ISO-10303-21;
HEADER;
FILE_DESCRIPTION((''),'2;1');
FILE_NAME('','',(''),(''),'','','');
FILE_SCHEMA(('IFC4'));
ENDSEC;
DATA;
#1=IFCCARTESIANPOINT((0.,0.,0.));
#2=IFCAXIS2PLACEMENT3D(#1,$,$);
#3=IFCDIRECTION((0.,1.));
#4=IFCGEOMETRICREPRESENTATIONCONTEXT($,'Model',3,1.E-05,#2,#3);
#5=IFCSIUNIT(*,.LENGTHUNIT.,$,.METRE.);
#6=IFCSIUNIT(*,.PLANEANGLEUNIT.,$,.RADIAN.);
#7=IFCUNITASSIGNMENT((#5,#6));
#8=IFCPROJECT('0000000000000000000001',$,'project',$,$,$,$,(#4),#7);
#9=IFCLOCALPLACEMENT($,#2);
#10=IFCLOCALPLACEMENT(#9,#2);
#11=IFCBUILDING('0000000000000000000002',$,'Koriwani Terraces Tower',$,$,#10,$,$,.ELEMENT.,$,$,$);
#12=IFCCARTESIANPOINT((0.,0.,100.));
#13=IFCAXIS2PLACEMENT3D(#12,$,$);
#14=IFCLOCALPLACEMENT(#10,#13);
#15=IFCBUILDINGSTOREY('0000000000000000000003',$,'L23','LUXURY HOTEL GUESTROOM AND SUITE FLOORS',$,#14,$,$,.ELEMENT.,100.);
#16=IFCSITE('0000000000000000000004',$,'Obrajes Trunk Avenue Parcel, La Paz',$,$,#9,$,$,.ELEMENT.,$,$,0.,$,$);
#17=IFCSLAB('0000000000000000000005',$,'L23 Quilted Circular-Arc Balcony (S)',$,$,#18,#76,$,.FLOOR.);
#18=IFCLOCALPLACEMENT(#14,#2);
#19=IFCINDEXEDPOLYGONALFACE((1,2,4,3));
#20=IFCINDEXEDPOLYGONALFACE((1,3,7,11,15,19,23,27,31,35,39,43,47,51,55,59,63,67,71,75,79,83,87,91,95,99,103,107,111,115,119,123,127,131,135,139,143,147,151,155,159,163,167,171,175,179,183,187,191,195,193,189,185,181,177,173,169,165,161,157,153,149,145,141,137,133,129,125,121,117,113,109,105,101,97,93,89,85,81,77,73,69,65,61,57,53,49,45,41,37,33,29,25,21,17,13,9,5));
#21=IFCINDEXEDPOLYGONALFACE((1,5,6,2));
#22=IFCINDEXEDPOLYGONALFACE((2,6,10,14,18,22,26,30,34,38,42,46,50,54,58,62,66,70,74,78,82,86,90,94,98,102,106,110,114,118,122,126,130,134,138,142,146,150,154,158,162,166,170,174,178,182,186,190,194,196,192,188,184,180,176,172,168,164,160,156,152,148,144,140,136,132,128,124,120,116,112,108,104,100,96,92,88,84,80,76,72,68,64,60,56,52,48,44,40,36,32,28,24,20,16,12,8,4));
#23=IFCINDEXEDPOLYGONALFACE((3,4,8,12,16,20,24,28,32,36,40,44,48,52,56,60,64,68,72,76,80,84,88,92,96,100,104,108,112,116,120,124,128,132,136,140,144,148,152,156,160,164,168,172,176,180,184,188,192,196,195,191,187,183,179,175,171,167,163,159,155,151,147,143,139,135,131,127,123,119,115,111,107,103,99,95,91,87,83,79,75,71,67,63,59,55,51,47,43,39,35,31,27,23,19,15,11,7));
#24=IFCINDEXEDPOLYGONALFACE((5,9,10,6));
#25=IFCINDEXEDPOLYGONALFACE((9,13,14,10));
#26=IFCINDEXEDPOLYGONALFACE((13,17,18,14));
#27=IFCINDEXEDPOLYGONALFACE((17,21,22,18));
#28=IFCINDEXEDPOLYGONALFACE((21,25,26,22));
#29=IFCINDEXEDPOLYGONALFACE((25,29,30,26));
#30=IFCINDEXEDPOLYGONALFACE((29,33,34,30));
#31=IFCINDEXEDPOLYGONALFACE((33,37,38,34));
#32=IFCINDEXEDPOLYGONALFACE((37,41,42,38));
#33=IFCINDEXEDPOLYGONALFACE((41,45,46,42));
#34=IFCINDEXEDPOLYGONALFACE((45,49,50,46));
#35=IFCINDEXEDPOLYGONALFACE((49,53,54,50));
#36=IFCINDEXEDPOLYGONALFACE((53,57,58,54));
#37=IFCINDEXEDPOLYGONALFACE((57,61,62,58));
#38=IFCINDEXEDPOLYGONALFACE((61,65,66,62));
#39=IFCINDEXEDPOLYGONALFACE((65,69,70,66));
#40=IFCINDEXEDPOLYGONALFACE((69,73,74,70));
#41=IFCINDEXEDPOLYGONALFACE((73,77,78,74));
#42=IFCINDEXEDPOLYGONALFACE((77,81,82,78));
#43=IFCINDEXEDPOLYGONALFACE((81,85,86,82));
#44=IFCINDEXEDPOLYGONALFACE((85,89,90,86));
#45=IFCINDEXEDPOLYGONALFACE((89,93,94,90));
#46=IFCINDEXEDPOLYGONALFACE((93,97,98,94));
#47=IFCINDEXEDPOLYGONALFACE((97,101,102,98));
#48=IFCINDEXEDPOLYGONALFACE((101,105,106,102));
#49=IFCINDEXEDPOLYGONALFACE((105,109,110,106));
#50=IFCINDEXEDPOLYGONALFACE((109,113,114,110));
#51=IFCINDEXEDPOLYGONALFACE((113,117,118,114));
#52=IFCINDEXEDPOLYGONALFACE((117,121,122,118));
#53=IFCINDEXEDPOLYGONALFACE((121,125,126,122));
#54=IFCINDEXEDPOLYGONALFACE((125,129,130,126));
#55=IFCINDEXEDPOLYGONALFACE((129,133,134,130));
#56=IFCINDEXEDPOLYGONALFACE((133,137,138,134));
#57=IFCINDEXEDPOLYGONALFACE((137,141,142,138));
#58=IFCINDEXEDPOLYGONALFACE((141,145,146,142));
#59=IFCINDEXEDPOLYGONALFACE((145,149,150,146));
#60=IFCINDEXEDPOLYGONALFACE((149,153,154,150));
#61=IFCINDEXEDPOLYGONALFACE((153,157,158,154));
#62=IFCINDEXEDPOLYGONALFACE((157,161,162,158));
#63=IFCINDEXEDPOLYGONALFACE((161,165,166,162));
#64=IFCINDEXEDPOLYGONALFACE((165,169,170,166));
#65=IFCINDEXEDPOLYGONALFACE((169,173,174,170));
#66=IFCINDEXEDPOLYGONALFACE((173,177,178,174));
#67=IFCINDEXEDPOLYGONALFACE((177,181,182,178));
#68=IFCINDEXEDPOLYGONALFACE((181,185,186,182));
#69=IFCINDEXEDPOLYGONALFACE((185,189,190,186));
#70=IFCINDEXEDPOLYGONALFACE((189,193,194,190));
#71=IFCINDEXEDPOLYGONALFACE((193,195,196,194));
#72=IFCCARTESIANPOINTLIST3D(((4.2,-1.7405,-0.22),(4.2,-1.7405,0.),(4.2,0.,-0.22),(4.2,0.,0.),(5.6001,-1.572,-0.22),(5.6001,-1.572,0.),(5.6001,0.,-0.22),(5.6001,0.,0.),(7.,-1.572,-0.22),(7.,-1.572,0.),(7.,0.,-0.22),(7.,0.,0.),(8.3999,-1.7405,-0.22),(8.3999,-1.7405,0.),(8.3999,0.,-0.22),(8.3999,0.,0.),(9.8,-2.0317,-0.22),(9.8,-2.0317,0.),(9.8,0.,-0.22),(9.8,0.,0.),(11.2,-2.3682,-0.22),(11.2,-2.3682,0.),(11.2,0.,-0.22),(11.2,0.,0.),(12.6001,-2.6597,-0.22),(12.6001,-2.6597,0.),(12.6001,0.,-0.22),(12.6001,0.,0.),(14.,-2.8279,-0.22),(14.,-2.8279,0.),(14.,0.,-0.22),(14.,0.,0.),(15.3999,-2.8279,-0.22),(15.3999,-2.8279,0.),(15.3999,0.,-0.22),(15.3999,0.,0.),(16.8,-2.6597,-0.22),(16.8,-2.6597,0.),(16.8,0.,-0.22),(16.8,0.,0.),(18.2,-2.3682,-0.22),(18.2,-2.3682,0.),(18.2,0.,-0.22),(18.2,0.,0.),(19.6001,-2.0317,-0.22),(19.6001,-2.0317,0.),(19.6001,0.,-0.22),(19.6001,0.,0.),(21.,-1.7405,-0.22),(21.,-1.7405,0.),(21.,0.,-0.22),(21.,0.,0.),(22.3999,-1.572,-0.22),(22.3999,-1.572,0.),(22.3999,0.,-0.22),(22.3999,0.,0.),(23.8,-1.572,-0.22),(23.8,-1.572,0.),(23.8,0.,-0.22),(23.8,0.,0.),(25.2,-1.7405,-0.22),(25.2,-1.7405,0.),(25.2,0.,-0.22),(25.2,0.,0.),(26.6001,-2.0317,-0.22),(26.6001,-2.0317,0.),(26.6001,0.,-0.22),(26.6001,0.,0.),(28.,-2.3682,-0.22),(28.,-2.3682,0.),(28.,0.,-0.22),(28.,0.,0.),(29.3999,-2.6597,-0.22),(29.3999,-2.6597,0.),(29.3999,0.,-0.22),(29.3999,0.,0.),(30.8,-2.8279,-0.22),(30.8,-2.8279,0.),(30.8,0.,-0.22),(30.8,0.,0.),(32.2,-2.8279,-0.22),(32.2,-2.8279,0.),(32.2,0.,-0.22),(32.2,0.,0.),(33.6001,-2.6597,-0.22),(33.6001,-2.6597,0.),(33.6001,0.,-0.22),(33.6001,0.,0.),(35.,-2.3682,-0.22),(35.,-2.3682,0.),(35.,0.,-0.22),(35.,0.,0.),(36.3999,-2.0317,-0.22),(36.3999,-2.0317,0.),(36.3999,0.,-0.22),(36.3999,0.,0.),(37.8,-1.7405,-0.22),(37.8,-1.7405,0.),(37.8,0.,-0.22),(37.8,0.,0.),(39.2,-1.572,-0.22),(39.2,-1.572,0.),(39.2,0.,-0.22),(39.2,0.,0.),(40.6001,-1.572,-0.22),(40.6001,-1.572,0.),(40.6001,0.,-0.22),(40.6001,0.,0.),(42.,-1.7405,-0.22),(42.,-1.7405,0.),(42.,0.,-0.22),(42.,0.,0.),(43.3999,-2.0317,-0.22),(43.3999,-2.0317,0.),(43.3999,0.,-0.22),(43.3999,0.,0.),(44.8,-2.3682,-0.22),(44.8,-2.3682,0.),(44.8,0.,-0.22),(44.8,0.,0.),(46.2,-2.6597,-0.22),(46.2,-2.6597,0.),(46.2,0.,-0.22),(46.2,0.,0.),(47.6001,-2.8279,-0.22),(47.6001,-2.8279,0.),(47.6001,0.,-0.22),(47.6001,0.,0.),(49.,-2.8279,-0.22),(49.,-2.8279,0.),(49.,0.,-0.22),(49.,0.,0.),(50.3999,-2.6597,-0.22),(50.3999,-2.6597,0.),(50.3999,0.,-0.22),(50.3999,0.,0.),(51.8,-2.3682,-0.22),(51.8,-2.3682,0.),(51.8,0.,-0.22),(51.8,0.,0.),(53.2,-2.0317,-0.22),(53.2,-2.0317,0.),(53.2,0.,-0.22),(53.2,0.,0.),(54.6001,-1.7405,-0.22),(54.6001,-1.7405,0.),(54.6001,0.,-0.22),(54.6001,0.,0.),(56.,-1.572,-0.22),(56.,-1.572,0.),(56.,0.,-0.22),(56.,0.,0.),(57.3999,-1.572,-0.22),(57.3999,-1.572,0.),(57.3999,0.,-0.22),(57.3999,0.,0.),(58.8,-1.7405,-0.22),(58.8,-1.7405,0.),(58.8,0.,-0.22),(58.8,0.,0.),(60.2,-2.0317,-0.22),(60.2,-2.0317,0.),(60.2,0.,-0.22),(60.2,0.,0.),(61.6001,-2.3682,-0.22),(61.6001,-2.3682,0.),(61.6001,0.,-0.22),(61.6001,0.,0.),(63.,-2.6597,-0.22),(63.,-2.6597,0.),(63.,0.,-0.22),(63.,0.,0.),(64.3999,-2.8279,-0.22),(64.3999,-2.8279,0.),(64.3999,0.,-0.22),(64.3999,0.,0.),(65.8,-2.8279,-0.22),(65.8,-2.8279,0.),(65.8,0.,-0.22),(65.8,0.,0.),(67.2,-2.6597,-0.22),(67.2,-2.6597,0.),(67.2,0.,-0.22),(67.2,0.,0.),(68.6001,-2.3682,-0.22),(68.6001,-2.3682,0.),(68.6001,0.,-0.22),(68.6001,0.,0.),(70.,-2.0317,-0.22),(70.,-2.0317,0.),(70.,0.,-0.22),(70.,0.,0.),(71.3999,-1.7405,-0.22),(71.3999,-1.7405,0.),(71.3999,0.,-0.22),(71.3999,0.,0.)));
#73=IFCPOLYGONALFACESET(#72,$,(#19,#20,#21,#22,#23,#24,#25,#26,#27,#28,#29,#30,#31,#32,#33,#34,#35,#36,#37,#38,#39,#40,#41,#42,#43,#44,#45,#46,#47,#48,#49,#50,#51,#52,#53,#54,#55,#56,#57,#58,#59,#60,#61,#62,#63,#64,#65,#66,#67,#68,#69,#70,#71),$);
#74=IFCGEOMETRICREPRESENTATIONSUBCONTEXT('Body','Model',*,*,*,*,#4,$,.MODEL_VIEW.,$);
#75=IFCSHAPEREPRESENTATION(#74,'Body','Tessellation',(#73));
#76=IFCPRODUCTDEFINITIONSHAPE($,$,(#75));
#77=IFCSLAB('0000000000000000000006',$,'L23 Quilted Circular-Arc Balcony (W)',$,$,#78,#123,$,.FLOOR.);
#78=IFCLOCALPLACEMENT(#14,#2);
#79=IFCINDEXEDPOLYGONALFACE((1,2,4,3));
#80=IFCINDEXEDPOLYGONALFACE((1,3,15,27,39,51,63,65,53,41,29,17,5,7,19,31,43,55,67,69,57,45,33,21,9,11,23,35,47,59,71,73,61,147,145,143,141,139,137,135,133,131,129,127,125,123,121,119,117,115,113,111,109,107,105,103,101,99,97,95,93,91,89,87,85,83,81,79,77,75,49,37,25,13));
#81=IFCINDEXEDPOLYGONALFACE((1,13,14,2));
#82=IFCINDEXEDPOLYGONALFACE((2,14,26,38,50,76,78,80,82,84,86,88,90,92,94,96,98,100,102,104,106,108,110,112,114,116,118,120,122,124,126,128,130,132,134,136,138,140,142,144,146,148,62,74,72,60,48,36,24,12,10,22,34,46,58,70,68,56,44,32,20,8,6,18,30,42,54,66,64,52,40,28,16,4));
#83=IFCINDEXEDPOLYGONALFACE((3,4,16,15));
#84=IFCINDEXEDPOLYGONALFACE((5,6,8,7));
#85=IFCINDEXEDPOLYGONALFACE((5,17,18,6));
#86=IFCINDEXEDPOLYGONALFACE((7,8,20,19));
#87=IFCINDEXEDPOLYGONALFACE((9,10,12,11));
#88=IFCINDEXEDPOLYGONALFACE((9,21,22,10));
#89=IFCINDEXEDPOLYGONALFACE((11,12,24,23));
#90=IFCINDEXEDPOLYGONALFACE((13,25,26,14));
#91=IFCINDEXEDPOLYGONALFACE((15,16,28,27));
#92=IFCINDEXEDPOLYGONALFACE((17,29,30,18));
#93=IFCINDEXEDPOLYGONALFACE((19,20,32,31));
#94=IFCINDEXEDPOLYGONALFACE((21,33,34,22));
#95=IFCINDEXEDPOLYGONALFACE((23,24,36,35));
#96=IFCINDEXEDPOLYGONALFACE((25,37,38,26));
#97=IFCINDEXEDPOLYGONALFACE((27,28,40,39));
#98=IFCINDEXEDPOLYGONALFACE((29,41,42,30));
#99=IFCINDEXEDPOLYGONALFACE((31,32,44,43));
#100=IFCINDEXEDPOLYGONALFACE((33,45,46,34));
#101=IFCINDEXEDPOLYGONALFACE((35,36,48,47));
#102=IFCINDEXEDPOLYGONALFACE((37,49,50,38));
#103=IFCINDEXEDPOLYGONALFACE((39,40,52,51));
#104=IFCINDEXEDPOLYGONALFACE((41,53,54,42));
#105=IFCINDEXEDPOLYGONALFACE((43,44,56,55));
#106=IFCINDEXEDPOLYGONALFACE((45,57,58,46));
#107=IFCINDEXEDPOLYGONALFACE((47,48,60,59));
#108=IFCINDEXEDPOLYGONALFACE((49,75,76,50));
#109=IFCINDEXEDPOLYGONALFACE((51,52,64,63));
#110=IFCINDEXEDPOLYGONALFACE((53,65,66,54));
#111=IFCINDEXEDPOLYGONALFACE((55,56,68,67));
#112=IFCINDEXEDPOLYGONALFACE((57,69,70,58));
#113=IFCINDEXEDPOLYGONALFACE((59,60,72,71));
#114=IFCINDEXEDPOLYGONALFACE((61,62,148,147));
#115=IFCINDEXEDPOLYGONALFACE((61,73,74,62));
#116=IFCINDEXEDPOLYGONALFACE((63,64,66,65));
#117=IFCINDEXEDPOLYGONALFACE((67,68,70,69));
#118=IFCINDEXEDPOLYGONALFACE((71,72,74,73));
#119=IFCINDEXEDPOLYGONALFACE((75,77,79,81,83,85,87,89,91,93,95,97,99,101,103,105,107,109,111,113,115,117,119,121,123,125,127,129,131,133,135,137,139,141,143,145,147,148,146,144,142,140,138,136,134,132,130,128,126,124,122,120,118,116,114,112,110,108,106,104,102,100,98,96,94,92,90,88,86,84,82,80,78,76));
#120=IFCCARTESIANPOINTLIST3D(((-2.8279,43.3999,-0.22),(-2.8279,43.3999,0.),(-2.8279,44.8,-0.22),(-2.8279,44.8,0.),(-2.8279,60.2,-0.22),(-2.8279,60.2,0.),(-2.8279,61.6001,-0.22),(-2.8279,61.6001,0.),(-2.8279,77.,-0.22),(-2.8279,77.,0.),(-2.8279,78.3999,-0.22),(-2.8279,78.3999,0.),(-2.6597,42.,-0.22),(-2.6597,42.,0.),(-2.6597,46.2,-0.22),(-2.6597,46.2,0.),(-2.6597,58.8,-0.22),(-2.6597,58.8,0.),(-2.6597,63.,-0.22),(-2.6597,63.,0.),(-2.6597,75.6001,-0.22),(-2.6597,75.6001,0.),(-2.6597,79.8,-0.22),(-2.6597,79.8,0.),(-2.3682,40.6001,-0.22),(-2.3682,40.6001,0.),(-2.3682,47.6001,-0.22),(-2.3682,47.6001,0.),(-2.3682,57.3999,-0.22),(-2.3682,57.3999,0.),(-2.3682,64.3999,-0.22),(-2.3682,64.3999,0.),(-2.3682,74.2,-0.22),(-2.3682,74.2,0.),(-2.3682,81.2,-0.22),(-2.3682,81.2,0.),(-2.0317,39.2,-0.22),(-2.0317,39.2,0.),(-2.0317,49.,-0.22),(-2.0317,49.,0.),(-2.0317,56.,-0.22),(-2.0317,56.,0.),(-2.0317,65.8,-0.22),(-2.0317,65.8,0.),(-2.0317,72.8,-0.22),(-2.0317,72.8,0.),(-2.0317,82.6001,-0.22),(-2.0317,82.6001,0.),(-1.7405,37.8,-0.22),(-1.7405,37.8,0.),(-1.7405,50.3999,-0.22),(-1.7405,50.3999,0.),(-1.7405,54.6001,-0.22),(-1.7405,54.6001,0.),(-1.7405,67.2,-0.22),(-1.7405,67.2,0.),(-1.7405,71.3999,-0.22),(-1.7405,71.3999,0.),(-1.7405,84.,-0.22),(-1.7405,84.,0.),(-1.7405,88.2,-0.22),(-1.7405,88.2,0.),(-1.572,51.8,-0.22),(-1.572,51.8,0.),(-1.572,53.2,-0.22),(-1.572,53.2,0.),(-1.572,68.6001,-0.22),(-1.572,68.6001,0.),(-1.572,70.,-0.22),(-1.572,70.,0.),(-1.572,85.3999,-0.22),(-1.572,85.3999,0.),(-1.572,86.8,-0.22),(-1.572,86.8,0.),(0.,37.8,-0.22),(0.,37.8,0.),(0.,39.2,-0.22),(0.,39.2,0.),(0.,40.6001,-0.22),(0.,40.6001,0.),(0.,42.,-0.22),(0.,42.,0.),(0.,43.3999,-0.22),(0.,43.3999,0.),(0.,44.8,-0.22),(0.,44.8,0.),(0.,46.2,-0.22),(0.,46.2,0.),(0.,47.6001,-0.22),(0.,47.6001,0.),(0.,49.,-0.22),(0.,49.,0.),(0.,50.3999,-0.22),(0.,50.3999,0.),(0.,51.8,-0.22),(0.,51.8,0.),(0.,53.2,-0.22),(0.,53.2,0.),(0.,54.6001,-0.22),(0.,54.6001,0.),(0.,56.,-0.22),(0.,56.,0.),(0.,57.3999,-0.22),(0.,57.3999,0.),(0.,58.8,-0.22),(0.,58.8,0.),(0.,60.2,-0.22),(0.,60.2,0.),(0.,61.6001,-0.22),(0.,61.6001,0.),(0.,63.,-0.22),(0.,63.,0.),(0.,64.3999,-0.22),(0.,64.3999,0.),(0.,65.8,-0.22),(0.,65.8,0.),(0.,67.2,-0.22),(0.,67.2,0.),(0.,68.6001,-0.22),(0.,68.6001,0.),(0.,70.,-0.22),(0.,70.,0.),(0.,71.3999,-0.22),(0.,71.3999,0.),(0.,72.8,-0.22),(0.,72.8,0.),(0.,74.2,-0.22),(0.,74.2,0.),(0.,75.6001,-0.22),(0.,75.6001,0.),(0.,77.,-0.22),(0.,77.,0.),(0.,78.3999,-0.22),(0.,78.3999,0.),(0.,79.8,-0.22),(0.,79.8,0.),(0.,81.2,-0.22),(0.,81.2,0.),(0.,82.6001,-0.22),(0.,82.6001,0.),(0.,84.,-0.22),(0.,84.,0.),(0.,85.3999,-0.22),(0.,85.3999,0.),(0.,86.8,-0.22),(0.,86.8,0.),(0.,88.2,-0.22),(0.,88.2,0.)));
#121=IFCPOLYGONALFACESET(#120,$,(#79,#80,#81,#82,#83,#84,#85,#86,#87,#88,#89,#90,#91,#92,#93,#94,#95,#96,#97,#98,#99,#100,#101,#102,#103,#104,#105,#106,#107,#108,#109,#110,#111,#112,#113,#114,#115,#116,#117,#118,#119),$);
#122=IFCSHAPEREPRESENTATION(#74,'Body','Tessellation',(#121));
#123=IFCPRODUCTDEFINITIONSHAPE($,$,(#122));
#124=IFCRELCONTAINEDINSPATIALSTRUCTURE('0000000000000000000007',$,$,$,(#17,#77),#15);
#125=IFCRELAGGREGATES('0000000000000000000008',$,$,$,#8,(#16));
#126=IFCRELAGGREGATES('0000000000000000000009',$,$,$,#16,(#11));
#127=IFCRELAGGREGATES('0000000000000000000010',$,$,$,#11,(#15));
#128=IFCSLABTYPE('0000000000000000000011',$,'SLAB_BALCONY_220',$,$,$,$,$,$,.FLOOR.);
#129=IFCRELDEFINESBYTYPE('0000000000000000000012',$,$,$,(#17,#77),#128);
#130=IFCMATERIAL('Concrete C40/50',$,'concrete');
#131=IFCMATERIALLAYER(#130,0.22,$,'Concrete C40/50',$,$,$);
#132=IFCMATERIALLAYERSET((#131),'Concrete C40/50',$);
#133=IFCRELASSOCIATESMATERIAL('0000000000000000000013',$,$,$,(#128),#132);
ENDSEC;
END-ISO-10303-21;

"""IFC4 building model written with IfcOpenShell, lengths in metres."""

from ifc_helpers import new_model, si_unit, direction, frame, origin, place, context, subcontext, project, spatial, polyline, outline, extrude, material, layer, layer_set, type_object, element, save


model = new_model("IFC4")

# Units and contexts
model_context = context("Model", 3, precision=1e-05, world=origin(), true_north=direction((0.0, 1.0)))
body_context = subcontext(model_context, "Body", "Model", "MODEL_VIEW")
ifc_project = project(units=[si_unit("LENGTHUNIT", "METRE"), si_unit("PLANEANGLEUNIT", "RADIAN")], contexts=[model_context])

# Site, building, storey
site_placement = place(None, origin())
site = spatial("IfcSite", under=ifc_project, at=site_placement, Name="Obrajes Trunk Avenue Parcel, La Paz", CompositionType="ELEMENT", RefElevation=0.0)
building_placement = place(site_placement, origin())
building = spatial("IfcBuilding", under=site, at=building_placement, Name="Koriwani Terraces Tower", CompositionType="ELEMENT")
storey_placement = place(building_placement, frame((0.0, 0.0, 100.0)))
storey = spatial("IfcBuildingStorey", under=building, at=storey_placement, Name="L23", Description="LUXURY HOTEL GUESTROOM AND SUITE FLOORS", CompositionType="ELEMENT", Elevation=100.0)

# Shared definitions
ifc_material_1 = material(Name="Concrete C40/50", Category="concrete")

# Slabs
ifc_layer_1 = layer(ifc_material_1, 0.22, Name="Concrete C40/50")
ifc_layer_set_1 = layer_set([ifc_layer_1], Name="Concrete C40/50")
slab_type_1 = type_object("IfcSlabType", Name="SLAB_BALCONY_220", PredefinedType="FLOOR", material=ifc_layer_set_1)
slab_1_placement = place(storey_placement, frame((0.0, 0.0, -0.22)))
element("IfcSlab", 1, at=slab_1_placement, inside=storey, type_object=slab_type_1, Name="L23 Quilted Circular-Arc Balcony (S)", PredefinedType="FLOOR", context=body_context, shape_type="SweptSolid", body=[
    extrude(outline(polyline([(4.2, 0.0), (5.6001, 0.0), (7.0, 0.0), (8.3999, 0.0), (9.8, 0.0), (11.2, 0.0), (12.6001, 0.0), (14.0, 0.0), (15.3999, 0.0), (16.8, 0.0), (18.2, 0.0), (19.6001, 0.0), (21.0, 0.0), (22.3999, 0.0), (23.8, 0.0), (25.2, 0.0), (26.6001, 0.0), (28.0, 0.0), (29.3999, 0.0), (30.8, 0.0), (32.2, 0.0), (33.6001, 0.0), (35.0, 0.0), (36.3999, 0.0), (37.8, 0.0), (39.2, 0.0), (40.6001, 0.0), (42.0, 0.0), (43.3999, 0.0), (44.8, 0.0), (46.2, 0.0), (47.6001, 0.0), (49.0, 0.0), (50.3999, 0.0), (51.8, 0.0), (53.2, 0.0), (54.6001, 0.0), (56.0, 0.0), (57.3999, 0.0), (58.8, 0.0), (60.2, 0.0), (61.6001, 0.0), (63.0, 0.0), (64.3999, 0.0), (65.8, 0.0), (67.2, 0.0), (68.6001, 0.0), (70.0, 0.0), (71.3999, 0.0), (71.3999, -1.7405), (70.0, -2.0317), (68.6001, -2.3682), (67.2, -2.6597), (65.8, -2.8279), (64.3999, -2.8279), (63.0, -2.6597), (61.6001, -2.3682), (60.2, -2.0317), (58.8, -1.7405), (57.3999, -1.572), (56.0, -1.572), (54.6001, -1.7405), (53.2, -2.0317), (51.8, -2.3682), (50.3999, -2.6597), (49.0, -2.8279), (47.6001, -2.8279), (46.2, -2.6597), (44.8, -2.3682), (43.3999, -2.0317), (42.0, -1.7405), (40.6001, -1.572), (39.2, -1.572), (37.8, -1.7405), (36.3999, -2.0317), (35.0, -2.3682), (33.6001, -2.6597), (32.2, -2.8279), (30.8, -2.8279), (29.3999, -2.6597), (28.0, -2.3682), (26.6001, -2.0317), (25.2, -1.7405), (23.8, -1.572), (22.3999, -1.572), (21.0, -1.7405), (19.6001, -2.0317), (18.2, -2.3682), (16.8, -2.6597), (15.3999, -2.8279), (14.0, -2.8279), (12.6001, -2.6597), (11.2, -2.3682), (9.8, -2.0317), (8.3999, -1.7405), (7.0, -1.572), (5.6001, -1.572), (4.2, -1.7405), (4.2, 0.0)])), origin(), (0.0, 0.0, 1.0), 0.22),
])
slab_2_placement = place(storey_placement, frame((0.0, 0.0, -0.22)))
element("IfcSlab", 2, at=slab_2_placement, inside=storey, type_object=slab_type_1, Name="L23 Quilted Circular-Arc Balcony (W)", PredefinedType="FLOOR", context=body_context, shape_type="SweptSolid", body=[
    extrude(outline(polyline([(0.0, 37.8), (0.0, 39.2), (0.0, 40.6001), (0.0, 42.0), (0.0, 43.3999), (0.0, 44.8), (0.0, 46.2), (0.0, 47.6001), (0.0, 49.0), (0.0, 50.3999), (0.0, 51.8), (0.0, 53.2), (0.0, 54.6001), (0.0, 56.0), (0.0, 57.3999), (0.0, 58.8), (0.0, 60.2), (0.0, 61.6001), (0.0, 63.0), (0.0, 64.3999), (0.0, 65.8), (0.0, 67.2), (0.0, 68.6001), (0.0, 70.0), (0.0, 71.3999), (0.0, 72.8), (0.0, 74.2), (0.0, 75.6001), (0.0, 77.0), (0.0, 78.3999), (0.0, 79.8), (0.0, 81.2), (0.0, 82.6001), (0.0, 84.0), (0.0, 85.3999), (0.0, 86.8), (0.0, 88.2), (-1.7405, 88.2), (-1.572, 86.8), (-1.572, 85.3999), (-1.7405, 84.0), (-2.0317, 82.6001), (-2.3682, 81.2), (-2.6597, 79.8), (-2.8279, 78.3999), (-2.8279, 77.0), (-2.6597, 75.6001), (-2.3682, 74.2), (-2.0317, 72.8), (-1.7405, 71.3999), (-1.572, 70.0), (-1.572, 68.6001), (-1.7405, 67.2), (-2.0317, 65.8), (-2.3682, 64.3999), (-2.6597, 63.0), (-2.8279, 61.6001), (-2.8279, 60.2), (-2.6597, 58.8), (-2.3682, 57.3999), (-2.0317, 56.0), (-1.7405, 54.6001), (-1.572, 53.2), (-1.572, 51.8), (-1.7405, 50.3999), (-2.0317, 49.0), (-2.3682, 47.6001), (-2.6597, 46.2), (-2.8279, 44.8), (-2.8279, 43.3999), (-2.6597, 42.0), (-2.3682, 40.6001), (-2.0317, 39.2), (-1.7405, 37.8), (0.0, 37.8)])), origin(), (0.0, 0.0, 1.0), 0.22),
])

save(model, "model.ifc")
